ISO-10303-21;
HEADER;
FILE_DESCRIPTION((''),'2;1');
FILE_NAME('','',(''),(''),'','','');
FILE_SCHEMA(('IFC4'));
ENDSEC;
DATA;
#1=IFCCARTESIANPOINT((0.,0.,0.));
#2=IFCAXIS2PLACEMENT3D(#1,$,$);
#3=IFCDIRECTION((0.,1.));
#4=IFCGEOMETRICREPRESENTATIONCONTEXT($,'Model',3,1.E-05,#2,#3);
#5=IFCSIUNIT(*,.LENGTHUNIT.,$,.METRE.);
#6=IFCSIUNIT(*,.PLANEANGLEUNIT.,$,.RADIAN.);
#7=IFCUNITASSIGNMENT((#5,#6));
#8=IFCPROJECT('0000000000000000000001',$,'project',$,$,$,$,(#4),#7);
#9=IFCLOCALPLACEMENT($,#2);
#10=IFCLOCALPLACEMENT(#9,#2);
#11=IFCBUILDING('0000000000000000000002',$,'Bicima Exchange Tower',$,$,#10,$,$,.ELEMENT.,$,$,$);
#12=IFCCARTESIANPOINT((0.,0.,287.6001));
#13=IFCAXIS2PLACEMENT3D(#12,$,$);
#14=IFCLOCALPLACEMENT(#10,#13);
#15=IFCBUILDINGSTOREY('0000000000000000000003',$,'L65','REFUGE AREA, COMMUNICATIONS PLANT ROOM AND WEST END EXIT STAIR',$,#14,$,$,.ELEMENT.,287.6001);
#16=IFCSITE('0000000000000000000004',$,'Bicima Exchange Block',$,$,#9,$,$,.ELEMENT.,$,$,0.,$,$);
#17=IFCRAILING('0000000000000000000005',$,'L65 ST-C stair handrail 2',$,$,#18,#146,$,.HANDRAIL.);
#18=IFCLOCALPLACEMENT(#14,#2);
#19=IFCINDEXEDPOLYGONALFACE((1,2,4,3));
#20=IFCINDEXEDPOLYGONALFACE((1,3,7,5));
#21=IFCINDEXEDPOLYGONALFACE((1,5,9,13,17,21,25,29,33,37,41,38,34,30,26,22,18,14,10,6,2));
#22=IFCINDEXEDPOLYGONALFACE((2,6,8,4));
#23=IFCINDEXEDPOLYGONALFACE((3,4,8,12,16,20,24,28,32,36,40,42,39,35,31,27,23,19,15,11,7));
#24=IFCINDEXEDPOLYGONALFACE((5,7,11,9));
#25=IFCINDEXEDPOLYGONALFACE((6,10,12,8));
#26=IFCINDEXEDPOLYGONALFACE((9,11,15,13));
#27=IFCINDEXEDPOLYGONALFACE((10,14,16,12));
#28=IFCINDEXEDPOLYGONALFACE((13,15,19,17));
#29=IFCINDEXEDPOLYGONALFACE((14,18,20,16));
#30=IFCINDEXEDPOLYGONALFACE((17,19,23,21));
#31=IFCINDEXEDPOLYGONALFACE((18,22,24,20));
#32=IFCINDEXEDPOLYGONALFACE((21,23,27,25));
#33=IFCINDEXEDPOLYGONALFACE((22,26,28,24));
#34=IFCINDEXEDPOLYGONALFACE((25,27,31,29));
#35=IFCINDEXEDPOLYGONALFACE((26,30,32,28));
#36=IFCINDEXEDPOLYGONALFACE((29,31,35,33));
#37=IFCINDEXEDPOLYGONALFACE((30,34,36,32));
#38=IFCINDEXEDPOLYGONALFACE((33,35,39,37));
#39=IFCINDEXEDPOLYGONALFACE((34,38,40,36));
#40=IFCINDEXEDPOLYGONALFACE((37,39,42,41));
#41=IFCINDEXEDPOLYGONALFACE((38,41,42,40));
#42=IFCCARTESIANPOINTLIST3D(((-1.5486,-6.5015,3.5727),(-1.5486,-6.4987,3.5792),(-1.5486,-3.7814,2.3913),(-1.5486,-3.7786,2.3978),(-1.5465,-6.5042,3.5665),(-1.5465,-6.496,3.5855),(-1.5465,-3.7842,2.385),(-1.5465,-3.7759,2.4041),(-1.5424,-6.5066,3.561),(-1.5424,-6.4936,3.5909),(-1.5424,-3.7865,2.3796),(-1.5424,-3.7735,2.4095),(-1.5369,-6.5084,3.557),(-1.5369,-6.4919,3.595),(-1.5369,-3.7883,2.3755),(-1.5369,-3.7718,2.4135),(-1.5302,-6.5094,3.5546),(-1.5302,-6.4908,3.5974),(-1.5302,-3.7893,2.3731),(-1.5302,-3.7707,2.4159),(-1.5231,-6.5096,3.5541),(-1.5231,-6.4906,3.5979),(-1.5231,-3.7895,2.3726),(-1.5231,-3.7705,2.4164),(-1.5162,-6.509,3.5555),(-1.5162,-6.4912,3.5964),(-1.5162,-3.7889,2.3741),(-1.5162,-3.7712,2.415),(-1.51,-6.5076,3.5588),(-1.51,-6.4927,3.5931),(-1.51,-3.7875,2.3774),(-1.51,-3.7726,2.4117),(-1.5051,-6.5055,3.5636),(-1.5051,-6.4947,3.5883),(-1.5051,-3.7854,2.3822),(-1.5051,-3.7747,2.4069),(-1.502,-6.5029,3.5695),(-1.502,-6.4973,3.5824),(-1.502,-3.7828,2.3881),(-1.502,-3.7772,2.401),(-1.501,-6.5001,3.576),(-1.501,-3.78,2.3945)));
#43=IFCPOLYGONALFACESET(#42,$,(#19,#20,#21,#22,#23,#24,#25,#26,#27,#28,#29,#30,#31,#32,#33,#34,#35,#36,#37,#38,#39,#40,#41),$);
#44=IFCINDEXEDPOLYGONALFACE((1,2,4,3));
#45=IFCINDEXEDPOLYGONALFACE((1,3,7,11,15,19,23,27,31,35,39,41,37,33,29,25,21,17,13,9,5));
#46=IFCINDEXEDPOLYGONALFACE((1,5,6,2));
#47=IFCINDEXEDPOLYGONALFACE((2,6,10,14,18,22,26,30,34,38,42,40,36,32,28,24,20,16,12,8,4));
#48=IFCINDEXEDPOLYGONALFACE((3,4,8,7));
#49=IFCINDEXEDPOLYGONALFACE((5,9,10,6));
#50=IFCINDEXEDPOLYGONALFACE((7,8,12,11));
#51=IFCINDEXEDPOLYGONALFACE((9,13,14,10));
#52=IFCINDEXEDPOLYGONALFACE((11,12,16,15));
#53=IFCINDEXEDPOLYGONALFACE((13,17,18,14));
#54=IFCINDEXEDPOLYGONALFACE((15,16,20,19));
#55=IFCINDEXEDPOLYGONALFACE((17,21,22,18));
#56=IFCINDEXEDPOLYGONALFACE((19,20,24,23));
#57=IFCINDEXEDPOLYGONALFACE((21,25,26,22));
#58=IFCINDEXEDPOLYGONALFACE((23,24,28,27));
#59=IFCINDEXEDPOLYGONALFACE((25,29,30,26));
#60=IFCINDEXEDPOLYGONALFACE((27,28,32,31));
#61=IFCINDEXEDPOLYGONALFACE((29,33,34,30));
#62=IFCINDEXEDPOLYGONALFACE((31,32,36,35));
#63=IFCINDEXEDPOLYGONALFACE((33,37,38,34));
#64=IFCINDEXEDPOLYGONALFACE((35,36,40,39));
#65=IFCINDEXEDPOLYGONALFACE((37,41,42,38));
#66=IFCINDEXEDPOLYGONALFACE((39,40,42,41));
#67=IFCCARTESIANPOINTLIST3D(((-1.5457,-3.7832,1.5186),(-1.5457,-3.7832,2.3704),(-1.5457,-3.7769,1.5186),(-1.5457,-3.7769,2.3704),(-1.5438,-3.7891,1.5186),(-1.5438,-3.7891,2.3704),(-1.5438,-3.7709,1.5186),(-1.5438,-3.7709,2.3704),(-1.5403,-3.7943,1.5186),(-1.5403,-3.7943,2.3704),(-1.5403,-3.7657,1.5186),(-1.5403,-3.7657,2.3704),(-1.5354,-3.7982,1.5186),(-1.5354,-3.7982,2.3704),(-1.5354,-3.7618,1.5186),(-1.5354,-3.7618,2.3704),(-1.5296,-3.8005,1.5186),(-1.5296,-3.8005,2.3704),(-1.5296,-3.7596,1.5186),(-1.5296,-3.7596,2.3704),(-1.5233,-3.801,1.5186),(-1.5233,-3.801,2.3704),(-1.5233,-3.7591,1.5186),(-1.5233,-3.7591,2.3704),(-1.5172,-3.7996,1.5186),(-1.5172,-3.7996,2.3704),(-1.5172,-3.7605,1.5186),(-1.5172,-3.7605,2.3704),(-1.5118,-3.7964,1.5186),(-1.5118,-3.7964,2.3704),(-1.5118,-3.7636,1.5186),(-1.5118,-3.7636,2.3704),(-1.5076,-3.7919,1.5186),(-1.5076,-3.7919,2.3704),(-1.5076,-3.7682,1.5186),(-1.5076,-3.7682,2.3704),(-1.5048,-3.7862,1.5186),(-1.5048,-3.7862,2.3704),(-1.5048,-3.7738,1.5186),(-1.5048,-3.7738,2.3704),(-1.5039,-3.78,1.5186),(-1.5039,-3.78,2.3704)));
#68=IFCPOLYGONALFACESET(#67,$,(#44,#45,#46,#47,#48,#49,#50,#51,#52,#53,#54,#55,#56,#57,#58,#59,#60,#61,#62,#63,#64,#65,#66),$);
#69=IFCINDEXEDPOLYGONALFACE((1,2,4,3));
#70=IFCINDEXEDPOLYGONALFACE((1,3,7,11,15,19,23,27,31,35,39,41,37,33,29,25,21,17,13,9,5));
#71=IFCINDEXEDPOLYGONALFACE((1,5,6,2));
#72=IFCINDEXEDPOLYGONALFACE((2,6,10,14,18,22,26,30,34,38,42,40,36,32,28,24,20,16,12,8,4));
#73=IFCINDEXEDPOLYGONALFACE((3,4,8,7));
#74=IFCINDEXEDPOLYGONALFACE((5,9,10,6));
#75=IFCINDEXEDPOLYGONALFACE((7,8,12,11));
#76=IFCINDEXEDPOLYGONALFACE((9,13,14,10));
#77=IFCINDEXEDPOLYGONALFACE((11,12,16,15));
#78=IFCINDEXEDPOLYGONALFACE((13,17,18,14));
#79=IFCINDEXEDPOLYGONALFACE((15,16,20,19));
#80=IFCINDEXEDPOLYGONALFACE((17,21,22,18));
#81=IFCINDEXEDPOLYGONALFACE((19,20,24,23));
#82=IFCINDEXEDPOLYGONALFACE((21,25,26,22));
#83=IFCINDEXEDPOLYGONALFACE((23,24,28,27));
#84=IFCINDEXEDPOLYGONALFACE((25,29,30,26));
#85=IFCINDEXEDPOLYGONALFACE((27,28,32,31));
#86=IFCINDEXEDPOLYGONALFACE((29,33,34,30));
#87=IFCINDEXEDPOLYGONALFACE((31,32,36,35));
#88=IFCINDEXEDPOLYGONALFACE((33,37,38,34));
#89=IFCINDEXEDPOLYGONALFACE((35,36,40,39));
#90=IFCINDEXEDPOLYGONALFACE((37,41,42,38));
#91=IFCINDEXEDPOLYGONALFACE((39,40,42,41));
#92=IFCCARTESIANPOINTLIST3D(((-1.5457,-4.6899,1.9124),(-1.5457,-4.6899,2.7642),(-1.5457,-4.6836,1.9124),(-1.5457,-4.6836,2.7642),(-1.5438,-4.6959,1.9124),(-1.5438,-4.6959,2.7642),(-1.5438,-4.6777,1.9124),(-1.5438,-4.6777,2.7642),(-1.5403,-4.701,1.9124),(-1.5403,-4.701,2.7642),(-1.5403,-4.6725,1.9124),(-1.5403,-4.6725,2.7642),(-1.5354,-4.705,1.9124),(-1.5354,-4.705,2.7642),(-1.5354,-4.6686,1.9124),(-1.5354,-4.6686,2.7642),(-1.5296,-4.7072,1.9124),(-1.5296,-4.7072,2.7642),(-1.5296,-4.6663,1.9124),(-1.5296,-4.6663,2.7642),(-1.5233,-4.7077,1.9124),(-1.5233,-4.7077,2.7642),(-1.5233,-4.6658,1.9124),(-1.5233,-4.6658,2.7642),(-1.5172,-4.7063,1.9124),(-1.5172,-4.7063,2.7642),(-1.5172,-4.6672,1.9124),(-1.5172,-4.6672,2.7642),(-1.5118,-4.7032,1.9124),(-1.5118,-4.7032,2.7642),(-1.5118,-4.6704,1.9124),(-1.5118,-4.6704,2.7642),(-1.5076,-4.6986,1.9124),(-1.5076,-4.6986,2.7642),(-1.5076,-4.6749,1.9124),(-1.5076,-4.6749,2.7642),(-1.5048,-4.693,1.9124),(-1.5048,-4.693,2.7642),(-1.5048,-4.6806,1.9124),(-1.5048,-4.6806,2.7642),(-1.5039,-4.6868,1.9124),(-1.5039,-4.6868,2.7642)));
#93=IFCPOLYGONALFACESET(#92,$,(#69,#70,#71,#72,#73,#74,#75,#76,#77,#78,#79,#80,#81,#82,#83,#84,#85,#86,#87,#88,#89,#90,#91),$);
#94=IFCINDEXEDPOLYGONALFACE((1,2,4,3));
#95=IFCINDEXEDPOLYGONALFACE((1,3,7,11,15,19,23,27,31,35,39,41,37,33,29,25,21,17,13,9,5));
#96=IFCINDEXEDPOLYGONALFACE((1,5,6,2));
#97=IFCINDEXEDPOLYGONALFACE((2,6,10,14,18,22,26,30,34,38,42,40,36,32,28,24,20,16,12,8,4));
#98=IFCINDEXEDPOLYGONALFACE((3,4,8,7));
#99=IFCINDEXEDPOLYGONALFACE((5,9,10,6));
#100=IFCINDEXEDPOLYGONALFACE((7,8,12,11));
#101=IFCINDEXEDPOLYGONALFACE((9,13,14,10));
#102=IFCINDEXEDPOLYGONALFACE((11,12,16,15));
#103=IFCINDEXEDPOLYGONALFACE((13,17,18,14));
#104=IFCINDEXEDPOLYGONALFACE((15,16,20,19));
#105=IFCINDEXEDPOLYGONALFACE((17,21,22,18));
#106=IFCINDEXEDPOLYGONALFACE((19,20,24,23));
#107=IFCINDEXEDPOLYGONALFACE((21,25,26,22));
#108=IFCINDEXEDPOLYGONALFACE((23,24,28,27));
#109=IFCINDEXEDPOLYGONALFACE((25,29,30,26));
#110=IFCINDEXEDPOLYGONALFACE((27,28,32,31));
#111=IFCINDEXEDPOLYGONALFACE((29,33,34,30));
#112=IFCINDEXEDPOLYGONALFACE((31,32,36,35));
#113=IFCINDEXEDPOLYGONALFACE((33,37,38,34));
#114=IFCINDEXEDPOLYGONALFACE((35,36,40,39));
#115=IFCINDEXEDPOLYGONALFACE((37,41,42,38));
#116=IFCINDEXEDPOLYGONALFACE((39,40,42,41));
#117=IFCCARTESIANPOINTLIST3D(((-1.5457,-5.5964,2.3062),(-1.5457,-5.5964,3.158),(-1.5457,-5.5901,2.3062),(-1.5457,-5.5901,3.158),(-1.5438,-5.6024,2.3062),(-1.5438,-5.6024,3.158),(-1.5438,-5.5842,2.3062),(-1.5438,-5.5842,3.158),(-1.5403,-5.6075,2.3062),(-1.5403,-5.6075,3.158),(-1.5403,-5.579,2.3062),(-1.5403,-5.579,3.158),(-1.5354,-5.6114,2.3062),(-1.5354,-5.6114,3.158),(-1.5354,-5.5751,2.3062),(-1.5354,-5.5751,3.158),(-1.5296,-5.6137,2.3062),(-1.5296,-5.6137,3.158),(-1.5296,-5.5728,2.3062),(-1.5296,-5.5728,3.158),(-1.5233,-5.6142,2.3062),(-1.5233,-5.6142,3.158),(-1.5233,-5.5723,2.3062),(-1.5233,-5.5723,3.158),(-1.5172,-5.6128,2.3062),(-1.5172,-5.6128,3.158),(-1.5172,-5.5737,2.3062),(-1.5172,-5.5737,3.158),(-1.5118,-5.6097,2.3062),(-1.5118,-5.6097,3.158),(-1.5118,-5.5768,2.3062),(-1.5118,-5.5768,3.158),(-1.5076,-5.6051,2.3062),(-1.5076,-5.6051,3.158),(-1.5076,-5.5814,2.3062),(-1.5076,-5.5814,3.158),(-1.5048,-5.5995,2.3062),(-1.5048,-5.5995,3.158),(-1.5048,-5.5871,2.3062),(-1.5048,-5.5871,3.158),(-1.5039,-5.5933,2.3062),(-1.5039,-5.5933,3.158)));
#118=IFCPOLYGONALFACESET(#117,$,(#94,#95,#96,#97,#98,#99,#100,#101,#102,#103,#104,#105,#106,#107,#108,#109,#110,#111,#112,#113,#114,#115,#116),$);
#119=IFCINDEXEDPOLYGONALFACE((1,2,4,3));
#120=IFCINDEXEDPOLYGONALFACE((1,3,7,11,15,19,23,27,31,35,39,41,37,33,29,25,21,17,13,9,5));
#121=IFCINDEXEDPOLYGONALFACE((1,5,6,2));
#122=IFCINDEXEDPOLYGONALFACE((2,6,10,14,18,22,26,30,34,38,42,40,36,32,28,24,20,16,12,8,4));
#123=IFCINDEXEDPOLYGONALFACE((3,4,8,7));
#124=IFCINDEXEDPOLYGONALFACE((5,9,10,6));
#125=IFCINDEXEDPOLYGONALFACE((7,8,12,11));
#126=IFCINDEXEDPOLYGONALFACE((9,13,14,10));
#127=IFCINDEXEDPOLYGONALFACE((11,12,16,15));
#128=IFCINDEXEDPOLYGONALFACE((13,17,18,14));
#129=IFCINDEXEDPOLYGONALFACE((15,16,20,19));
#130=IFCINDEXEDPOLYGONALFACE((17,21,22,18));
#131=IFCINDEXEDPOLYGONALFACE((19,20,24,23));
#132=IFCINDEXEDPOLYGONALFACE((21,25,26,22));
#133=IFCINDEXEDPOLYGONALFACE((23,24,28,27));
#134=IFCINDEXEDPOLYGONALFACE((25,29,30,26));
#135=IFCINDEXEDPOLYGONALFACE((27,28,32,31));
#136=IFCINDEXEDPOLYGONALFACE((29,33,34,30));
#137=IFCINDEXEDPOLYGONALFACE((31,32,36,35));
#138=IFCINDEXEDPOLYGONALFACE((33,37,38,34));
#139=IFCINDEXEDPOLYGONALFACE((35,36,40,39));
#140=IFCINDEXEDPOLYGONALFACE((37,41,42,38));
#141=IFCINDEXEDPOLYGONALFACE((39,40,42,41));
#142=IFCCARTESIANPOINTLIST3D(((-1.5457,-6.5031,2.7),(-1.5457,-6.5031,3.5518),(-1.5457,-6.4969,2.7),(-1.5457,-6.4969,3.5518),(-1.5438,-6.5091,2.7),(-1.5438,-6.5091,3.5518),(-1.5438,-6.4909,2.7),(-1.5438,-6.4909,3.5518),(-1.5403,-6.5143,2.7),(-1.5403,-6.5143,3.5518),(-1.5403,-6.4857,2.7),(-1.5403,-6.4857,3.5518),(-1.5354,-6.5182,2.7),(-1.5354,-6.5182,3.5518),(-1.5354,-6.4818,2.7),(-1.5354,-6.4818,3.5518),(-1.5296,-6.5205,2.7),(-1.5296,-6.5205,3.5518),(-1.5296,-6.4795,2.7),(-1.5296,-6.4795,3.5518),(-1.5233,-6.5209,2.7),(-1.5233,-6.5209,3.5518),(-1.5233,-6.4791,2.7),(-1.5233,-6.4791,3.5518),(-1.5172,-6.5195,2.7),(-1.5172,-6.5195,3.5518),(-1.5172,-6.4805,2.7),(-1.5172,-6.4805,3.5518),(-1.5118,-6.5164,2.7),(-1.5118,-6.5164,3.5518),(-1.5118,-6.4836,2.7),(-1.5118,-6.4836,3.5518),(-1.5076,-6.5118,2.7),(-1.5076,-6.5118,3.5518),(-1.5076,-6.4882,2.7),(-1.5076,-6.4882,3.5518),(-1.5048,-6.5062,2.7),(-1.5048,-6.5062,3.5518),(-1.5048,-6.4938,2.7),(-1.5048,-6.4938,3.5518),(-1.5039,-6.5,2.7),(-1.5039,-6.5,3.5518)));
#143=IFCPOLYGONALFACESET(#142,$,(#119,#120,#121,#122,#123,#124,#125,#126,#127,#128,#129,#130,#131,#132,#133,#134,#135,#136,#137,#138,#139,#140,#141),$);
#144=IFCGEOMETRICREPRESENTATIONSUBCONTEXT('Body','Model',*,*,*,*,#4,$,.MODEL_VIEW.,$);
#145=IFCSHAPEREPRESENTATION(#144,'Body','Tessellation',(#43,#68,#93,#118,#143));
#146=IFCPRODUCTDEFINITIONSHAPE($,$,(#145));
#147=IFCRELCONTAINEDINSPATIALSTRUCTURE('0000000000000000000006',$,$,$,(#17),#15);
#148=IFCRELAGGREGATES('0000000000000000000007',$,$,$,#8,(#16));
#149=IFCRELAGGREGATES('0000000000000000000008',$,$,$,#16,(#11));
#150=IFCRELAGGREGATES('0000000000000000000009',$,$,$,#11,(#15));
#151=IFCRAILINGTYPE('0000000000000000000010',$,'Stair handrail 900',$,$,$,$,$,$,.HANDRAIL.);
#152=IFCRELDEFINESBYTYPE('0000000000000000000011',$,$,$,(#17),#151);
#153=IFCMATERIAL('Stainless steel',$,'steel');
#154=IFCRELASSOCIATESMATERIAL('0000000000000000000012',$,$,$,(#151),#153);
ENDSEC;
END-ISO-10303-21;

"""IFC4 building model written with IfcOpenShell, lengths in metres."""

from ifc_helpers import new_model, si_unit, direction, frame, origin, origin_2d, place, context, subcontext, project, spatial, circle, extrude, material, type_object, element, save


model = new_model("IFC4")

# Units and contexts
model_context = context("Model", 3, precision=1e-05, world=origin(), true_north=direction((0.0, 1.0)))
body_context = subcontext(model_context, "Body", "Model", "MODEL_VIEW")
ifc_project = project(units=[si_unit("LENGTHUNIT", "METRE"), si_unit("PLANEANGLEUNIT", "RADIAN")], contexts=[model_context])

# Site, building, storey
site_placement = place(None, origin())
site = spatial("IfcSite", under=ifc_project, at=site_placement, Name="Bicima Exchange Block", CompositionType="ELEMENT", RefElevation=0.0)
building_placement = place(site_placement, origin())
building = spatial("IfcBuilding", under=site, at=building_placement, Name="Bicima Exchange Tower", CompositionType="ELEMENT")
storey_placement = place(building_placement, frame((0.0, 0.0, 287.6001)))
storey = spatial("IfcBuildingStorey", under=building, at=storey_placement, Name="L65", Description="REFUGE AREA, COMMUNICATIONS PLANT ROOM AND WEST END EXIT STAIR", CompositionType="ELEMENT", Elevation=287.6001)

# Railing
ifc_material_1 = material(Name="Stainless steel", Category="steel")
railing_type_1 = type_object("IfcRailingType", Name="Stair handrail 900", PredefinedType="HANDRAIL", material=ifc_material_1)
railing_1_placement = place(storey_placement, frame((-1.5249, -3.78, 1.5186)))
element("IfcRailing", 1, at=railing_1_placement, inside=storey, type_object=railing_type_1, Name="L65 ST-C stair handrail 2", PredefinedType="HANDRAIL", context=body_context, shape_type="SweptSolid", body=[
    extrude(circle(Radius=0.0239, at=origin_2d()), frame((0.0, 0.0, 0.876), z_axis=(0.0, -0.917218, 0.398386), x_axis=(1.0, 0.0, 0.0)), (0.0, 0.0, 1.0), 2.9656),
    extrude(circle(Radius=0.021, at=origin_2d()), origin(), (0.0, 0.0, 1.0), 0.8518),
    extrude(circle(Radius=0.021, at=origin_2d()), frame((0.0, -0.9067, 0.3938)), (0.0, 0.0, 1.0), 0.8518),
    extrude(circle(Radius=0.021, at=origin_2d()), frame((0.0, -1.8132, 0.7876)), (0.0, 0.0, 1.0), 0.8518),
    extrude(circle(Radius=0.021, at=origin_2d()), frame((0.0, -2.72, 1.1814)), (0.0, 0.0, 1.0), 0.8518),
])

save(model, "model.ifc")
